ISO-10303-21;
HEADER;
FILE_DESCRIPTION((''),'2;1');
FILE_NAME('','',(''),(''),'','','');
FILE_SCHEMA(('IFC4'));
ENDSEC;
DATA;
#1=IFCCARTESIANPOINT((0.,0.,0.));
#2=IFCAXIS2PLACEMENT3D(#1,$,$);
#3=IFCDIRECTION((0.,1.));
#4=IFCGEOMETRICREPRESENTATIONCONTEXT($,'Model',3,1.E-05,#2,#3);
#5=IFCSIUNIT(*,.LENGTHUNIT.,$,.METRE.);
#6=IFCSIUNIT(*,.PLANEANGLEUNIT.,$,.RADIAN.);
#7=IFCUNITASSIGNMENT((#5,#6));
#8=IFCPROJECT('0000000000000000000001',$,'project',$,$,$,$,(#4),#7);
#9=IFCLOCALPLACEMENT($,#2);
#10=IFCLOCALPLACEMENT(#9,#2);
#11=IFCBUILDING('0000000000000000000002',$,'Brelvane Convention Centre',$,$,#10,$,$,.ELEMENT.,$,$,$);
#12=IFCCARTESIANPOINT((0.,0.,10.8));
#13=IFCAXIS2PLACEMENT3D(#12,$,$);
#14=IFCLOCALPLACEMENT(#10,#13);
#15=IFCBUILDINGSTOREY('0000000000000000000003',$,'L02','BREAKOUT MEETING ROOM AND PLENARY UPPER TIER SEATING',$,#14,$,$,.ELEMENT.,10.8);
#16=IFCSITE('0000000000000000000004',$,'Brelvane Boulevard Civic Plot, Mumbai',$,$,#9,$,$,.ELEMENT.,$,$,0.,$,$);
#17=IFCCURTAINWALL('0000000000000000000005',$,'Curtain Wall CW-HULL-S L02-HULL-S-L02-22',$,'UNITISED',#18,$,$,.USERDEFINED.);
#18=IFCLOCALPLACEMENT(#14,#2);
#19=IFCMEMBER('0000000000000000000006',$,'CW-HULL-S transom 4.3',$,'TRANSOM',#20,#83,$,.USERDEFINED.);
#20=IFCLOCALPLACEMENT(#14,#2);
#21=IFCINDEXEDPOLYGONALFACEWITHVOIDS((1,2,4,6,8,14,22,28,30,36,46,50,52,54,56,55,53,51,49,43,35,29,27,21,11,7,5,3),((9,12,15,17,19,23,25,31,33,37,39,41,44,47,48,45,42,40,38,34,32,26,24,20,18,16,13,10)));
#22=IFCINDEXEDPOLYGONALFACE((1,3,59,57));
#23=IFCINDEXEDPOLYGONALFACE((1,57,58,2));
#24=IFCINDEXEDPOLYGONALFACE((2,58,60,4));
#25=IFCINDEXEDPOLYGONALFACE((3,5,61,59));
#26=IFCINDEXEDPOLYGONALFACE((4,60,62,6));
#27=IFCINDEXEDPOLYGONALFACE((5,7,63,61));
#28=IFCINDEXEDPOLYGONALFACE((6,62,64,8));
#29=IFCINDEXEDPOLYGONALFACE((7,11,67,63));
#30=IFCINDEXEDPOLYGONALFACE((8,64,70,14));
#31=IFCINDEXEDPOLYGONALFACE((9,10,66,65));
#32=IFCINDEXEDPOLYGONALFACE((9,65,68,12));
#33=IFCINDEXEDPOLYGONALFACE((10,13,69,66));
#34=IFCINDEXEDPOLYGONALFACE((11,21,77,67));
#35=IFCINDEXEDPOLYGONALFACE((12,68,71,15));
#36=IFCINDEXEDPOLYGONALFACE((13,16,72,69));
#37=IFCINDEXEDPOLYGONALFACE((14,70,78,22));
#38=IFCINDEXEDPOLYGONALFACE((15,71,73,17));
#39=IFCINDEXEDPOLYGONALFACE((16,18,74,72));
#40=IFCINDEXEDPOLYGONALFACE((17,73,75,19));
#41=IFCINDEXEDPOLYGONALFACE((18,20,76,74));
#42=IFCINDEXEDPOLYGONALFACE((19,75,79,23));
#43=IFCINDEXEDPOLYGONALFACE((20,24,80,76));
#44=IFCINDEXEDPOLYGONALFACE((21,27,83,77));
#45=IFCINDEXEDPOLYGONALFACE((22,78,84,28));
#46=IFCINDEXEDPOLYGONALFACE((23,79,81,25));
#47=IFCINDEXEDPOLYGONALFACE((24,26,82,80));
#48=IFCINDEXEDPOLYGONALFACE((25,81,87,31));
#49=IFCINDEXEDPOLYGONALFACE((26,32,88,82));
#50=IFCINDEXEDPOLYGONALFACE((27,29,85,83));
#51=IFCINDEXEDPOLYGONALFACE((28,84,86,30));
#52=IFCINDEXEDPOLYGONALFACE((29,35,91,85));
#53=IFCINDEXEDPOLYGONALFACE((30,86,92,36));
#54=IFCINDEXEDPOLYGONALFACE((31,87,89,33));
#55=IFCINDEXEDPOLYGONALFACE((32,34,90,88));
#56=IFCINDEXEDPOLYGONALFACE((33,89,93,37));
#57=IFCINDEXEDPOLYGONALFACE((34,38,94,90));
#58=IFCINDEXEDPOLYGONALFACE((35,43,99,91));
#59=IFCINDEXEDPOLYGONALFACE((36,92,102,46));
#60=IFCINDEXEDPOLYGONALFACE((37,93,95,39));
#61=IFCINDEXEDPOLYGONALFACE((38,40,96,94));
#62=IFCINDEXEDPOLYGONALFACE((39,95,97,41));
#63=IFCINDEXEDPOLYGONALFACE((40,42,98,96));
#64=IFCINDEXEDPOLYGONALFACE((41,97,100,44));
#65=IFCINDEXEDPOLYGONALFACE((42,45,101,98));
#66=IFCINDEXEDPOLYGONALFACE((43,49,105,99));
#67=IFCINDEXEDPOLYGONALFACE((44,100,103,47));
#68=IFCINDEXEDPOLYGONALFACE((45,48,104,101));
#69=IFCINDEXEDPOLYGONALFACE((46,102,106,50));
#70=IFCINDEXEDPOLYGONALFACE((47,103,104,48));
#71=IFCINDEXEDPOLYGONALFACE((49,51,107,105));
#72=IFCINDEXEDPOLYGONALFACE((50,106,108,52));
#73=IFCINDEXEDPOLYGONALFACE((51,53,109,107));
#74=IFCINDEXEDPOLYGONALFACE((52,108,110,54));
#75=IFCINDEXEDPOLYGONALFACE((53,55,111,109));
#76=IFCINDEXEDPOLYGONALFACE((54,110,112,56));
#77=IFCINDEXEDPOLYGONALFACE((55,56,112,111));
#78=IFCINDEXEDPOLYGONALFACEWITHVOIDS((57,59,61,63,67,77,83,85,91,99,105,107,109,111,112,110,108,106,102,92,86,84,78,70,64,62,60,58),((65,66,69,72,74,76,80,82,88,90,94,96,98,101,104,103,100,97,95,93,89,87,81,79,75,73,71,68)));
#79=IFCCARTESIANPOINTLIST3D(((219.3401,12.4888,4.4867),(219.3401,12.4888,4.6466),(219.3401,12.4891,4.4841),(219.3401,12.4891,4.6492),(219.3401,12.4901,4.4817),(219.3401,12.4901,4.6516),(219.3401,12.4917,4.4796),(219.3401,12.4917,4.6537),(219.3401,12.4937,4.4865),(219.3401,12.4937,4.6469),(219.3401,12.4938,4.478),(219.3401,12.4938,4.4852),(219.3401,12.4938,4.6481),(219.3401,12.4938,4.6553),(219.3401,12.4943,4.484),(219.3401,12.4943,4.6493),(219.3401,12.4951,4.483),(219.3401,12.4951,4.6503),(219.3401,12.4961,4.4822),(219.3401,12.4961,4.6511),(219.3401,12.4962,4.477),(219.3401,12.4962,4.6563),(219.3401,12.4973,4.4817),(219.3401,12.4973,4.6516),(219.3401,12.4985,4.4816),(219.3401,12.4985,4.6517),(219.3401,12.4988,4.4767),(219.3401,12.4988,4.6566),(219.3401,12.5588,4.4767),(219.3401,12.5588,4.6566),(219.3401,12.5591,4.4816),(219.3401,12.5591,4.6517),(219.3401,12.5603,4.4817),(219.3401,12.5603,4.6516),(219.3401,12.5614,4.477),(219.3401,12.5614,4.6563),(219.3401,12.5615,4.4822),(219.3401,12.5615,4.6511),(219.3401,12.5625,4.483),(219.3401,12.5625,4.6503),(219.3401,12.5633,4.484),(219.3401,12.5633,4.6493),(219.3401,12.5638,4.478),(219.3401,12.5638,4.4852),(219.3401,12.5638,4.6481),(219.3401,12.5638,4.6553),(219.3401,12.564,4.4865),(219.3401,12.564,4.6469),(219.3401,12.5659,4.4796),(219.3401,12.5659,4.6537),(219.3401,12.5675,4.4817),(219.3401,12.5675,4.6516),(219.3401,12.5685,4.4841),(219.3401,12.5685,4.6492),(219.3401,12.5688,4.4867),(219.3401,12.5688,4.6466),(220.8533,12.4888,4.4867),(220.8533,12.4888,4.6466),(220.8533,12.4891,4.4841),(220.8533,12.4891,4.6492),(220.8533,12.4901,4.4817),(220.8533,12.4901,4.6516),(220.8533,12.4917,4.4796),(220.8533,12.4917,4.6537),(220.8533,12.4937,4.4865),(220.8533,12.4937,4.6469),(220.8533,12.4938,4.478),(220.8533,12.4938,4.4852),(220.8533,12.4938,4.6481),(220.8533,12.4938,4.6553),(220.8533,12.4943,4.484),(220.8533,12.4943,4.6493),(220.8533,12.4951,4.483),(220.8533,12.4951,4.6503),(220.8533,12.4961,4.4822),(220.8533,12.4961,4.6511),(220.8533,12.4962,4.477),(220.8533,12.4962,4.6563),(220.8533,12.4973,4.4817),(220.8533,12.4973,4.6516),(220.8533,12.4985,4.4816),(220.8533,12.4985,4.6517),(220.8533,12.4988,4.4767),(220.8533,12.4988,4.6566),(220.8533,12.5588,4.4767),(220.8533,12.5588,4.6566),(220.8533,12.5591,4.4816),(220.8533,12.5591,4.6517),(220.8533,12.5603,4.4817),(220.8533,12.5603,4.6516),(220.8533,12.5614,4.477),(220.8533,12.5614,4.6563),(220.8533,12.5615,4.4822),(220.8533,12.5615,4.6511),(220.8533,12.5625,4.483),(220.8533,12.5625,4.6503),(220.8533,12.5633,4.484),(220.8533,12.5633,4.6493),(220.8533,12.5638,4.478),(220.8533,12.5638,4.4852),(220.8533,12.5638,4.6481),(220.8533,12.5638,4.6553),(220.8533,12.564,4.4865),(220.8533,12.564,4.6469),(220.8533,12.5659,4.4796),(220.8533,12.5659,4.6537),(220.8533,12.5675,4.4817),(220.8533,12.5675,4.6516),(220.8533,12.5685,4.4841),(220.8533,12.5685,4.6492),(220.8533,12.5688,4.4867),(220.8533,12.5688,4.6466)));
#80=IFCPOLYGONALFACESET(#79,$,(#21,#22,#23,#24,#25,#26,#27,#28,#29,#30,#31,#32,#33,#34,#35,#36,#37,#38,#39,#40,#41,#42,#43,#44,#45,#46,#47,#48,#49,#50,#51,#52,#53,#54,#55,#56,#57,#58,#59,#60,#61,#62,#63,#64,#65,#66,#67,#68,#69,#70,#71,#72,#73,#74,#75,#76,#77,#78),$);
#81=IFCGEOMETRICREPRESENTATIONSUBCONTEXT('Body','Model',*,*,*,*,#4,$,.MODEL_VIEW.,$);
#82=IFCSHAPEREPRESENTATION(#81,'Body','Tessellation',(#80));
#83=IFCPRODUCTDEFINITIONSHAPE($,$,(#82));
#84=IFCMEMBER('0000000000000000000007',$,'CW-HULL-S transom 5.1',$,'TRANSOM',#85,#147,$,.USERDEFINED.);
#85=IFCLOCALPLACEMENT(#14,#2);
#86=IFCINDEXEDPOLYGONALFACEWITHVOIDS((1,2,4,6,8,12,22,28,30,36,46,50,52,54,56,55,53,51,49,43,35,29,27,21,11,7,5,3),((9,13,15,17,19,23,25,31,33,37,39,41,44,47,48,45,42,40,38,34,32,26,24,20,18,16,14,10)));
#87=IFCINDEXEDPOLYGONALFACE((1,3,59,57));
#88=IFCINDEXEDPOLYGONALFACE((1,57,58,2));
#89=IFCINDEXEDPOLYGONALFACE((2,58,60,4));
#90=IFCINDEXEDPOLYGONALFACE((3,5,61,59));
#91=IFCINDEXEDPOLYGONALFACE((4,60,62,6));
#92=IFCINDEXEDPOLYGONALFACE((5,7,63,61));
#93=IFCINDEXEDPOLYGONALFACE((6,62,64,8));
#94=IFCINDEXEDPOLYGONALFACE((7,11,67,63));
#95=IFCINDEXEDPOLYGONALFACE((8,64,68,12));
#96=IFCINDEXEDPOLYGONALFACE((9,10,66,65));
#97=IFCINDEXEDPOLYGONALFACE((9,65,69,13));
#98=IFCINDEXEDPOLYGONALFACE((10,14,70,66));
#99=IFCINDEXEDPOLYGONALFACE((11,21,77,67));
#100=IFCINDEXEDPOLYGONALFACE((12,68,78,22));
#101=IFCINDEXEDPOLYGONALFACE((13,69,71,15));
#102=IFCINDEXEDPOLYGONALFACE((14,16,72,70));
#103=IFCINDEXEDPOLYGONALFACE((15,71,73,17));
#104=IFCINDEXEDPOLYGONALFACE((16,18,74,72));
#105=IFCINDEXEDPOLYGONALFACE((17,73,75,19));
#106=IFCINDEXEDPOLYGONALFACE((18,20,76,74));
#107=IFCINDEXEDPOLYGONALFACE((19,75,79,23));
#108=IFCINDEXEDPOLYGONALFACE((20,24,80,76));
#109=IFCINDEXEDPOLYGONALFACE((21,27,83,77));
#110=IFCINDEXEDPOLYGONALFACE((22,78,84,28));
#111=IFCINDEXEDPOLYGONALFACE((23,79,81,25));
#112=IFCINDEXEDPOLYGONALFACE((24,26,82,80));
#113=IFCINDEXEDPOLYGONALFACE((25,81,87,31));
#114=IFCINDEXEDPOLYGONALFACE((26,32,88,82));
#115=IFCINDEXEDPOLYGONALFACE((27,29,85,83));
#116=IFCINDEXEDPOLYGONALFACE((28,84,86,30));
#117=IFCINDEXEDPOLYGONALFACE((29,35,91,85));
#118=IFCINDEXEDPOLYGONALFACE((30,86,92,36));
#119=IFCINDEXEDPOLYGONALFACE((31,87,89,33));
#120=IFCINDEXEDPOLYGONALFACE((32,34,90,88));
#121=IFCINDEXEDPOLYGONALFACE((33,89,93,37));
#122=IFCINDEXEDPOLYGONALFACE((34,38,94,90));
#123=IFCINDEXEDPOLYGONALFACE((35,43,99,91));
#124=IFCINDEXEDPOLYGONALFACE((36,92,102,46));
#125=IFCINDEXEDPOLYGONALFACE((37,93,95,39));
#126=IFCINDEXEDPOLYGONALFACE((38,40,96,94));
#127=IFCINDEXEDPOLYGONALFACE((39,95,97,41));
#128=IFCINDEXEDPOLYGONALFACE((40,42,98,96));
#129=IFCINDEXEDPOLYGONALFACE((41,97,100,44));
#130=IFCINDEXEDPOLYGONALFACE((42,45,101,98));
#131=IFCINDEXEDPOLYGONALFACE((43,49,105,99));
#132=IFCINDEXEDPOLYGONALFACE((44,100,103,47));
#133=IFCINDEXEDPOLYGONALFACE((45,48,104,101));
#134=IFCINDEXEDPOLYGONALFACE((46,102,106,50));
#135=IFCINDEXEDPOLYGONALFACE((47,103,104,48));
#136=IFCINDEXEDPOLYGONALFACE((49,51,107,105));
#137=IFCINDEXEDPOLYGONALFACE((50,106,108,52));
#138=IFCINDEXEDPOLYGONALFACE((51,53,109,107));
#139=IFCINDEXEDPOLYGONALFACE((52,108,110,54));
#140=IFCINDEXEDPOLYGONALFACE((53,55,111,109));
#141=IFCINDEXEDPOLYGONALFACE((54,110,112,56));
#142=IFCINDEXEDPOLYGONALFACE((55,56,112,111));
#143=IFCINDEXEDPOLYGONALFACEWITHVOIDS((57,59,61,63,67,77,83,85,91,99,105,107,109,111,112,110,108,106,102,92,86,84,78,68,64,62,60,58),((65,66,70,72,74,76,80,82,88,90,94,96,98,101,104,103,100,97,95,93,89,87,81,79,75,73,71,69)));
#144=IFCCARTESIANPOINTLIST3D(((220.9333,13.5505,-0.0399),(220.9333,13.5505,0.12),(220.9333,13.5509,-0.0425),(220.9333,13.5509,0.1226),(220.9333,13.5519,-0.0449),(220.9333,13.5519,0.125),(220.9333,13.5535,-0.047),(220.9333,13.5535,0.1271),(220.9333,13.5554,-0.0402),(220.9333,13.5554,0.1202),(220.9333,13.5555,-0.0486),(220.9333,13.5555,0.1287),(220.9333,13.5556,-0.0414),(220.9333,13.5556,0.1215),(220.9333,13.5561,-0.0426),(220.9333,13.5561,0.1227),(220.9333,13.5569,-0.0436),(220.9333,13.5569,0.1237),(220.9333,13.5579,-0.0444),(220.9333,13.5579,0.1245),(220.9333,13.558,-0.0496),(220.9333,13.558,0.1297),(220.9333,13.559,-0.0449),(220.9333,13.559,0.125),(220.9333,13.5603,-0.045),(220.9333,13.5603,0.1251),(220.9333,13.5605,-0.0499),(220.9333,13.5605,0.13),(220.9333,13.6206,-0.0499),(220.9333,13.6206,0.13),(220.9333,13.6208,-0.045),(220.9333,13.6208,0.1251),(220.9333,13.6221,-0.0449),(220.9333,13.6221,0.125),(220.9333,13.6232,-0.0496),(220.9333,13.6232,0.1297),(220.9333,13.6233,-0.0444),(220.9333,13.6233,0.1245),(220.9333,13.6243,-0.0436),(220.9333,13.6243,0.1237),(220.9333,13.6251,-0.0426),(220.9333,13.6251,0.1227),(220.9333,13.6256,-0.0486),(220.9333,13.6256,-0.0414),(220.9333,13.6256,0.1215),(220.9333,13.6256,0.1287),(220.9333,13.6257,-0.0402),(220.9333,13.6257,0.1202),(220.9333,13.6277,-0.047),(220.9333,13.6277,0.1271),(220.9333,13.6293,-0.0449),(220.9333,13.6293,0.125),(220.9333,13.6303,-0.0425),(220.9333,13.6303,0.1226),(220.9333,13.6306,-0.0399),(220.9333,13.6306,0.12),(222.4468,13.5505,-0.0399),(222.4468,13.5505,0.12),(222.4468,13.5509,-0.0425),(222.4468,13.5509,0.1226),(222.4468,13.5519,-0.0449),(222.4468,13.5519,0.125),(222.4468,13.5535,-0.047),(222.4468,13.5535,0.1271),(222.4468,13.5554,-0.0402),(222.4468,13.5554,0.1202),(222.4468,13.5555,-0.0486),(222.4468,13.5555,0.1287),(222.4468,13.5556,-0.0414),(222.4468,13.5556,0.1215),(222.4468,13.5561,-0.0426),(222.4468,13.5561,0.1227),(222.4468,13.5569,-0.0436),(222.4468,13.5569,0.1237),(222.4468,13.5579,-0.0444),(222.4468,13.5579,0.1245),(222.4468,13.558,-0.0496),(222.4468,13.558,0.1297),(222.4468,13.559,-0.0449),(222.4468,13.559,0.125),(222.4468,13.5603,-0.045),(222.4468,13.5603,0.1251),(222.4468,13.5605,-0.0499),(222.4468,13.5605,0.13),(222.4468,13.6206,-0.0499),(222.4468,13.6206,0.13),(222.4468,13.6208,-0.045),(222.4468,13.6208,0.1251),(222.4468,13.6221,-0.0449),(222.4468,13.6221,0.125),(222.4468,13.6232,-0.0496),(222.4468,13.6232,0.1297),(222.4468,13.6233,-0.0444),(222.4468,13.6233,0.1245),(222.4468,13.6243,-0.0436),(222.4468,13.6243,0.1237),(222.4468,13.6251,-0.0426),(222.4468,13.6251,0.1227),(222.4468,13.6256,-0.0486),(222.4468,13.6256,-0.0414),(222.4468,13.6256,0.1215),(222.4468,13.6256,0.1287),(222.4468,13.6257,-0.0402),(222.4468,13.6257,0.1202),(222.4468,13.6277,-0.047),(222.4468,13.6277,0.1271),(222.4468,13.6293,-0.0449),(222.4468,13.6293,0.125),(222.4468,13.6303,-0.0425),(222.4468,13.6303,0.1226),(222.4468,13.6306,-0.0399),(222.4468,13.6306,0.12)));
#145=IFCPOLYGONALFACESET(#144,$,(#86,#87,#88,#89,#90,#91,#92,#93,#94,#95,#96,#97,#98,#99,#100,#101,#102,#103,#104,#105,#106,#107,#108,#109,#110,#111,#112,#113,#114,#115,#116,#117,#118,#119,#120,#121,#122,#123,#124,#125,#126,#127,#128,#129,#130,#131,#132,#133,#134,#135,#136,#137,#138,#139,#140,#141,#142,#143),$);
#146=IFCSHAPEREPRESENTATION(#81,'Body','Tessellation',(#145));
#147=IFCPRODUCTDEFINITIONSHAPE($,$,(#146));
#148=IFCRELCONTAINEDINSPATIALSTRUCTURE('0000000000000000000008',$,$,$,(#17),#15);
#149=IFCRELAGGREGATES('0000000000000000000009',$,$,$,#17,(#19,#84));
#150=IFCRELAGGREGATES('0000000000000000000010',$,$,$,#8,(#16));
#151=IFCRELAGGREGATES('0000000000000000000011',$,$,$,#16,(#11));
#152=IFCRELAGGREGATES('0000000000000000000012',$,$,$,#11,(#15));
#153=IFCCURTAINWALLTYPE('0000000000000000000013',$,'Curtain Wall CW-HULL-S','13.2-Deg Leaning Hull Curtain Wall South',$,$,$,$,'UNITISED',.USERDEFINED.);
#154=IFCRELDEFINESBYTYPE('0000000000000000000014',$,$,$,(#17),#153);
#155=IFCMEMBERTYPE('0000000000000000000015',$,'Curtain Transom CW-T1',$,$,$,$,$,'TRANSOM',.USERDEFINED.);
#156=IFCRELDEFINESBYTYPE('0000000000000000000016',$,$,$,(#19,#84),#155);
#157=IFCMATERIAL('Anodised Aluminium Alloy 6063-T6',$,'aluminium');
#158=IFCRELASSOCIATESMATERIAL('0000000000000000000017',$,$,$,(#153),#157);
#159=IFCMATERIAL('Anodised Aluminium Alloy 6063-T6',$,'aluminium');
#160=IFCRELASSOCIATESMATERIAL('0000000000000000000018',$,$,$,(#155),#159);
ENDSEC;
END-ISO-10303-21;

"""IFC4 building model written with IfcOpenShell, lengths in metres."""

from ifc_helpers import new_model, si_unit, direction, frame, origin, origin_2d, place, context, subcontext, project, spatial, hollow_rectangle, extrude, material, material_profile, profile_set, type_object, element, aggregate, save


model = new_model("IFC4")

# Units and contexts
model_context = context("Model", 3, precision=1e-05, world=origin(), true_north=direction((0.0, 1.0)))
body_context = subcontext(model_context, "Body", "Model", "MODEL_VIEW")
ifc_project = project(units=[si_unit("LENGTHUNIT", "METRE"), si_unit("PLANEANGLEUNIT", "RADIAN")], contexts=[model_context])

# Site, building, storey
site_placement = place(None, origin())
site = spatial("IfcSite", under=ifc_project, at=site_placement, Name="Brelvane Boulevard Civic Plot, Mumbai", CompositionType="ELEMENT", RefElevation=0.0)
building_placement = place(site_placement, origin())
building = spatial("IfcBuilding", under=site, at=building_placement, Name="Brelvane Convention Centre", CompositionType="ELEMENT")
storey_placement = place(building_placement, frame((0.0, 0.0, 10.8)))
storey = spatial("IfcBuildingStorey", under=building, at=storey_placement, Name="L02", Description="BREAKOUT MEETING ROOM AND PLENARY UPPER TIER SEATING", CompositionType="ELEMENT", Elevation=10.8)

# Curtain wall
ifc_material_1 = material(Name="Anodised Aluminium Alloy 6063-T6", Category="aluminium")
curtain_wall_type_1 = type_object("IfcCurtainWallType", Name="Curtain Wall CW-HULL-S", Description="13.2-Deg Leaning Hull Curtain Wall South", ElementType="UNITISED", PredefinedType="USERDEFINED", material=ifc_material_1)
curtain_wall_1_placement = place(storey_placement, origin())
curtain_wall_1 = element("IfcCurtainWall", 1, at=curtain_wall_1_placement, inside=storey, type_object=curtain_wall_type_1, Name="Curtain Wall CW-HULL-S L02-HULL-S-L02-22", ObjectType="UNITISED", PredefinedType="USERDEFINED")

# Members
ifc_material_2 = material(Name="Anodised Aluminium Alloy 6063-T6", Category="aluminium")
ifc_material_profile_1 = material_profile(ifc_material_2, hollow_rectangle(XDim=0.0801, YDim=0.1799, WallThickness=0.0049, InnerFilletRadius=0.0049, OuterFilletRadius=0.01, at=origin_2d()), Name="ALU-T 180x80x5.0")
ifc_profile_set_1 = profile_set([ifc_material_profile_1], Name="Anodised Aluminium Alloy 6063-T6")
member_type_1 = type_object("IfcMemberType", Name="Curtain Transom CW-T1", ElementType="TRANSOM", PredefinedType="USERDEFINED", material=ifc_profile_set_1)
member_1_placement = place(storey_placement, frame((219.3401, 12.5288, 4.5667), z_axis=(1.0, 0.0, 0.0), x_axis=(0.0, 1.0, 0.0)))
member_1 = element("IfcMember", 2, at=member_1_placement, type_object=member_type_1, Name="CW-HULL-S transom 4.3", ObjectType="TRANSOM", PredefinedType="USERDEFINED", context=body_context, shape_type="SweptSolid", body=[
    extrude(hollow_rectangle(XDim=0.0801, YDim=0.1799, WallThickness=0.0049, InnerFilletRadius=0.0049, OuterFilletRadius=0.01, at=origin_2d()), origin(), (0.0, 0.0, 1.0), 1.5132),
])
member_2_placement = place(storey_placement, frame((220.9333, 13.5906, 0.04), z_axis=(1.0, 0.0, 0.0), x_axis=(0.0, 1.0, 0.0)))
member_2 = element("IfcMember", 3, at=member_2_placement, type_object=member_type_1, Name="CW-HULL-S transom 5.1", ObjectType="TRANSOM", PredefinedType="USERDEFINED", context=body_context, shape_type="SweptSolid", body=[
    extrude(hollow_rectangle(XDim=0.0801, YDim=0.1799, WallThickness=0.0049, InnerFilletRadius=0.0049, OuterFilletRadius=0.01, at=origin_2d()), origin(), (0.0, 0.0, 1.0), 1.5134),
])

aggregate(curtain_wall_1, [member_1, member_2])

save(model, "model.ifc")
